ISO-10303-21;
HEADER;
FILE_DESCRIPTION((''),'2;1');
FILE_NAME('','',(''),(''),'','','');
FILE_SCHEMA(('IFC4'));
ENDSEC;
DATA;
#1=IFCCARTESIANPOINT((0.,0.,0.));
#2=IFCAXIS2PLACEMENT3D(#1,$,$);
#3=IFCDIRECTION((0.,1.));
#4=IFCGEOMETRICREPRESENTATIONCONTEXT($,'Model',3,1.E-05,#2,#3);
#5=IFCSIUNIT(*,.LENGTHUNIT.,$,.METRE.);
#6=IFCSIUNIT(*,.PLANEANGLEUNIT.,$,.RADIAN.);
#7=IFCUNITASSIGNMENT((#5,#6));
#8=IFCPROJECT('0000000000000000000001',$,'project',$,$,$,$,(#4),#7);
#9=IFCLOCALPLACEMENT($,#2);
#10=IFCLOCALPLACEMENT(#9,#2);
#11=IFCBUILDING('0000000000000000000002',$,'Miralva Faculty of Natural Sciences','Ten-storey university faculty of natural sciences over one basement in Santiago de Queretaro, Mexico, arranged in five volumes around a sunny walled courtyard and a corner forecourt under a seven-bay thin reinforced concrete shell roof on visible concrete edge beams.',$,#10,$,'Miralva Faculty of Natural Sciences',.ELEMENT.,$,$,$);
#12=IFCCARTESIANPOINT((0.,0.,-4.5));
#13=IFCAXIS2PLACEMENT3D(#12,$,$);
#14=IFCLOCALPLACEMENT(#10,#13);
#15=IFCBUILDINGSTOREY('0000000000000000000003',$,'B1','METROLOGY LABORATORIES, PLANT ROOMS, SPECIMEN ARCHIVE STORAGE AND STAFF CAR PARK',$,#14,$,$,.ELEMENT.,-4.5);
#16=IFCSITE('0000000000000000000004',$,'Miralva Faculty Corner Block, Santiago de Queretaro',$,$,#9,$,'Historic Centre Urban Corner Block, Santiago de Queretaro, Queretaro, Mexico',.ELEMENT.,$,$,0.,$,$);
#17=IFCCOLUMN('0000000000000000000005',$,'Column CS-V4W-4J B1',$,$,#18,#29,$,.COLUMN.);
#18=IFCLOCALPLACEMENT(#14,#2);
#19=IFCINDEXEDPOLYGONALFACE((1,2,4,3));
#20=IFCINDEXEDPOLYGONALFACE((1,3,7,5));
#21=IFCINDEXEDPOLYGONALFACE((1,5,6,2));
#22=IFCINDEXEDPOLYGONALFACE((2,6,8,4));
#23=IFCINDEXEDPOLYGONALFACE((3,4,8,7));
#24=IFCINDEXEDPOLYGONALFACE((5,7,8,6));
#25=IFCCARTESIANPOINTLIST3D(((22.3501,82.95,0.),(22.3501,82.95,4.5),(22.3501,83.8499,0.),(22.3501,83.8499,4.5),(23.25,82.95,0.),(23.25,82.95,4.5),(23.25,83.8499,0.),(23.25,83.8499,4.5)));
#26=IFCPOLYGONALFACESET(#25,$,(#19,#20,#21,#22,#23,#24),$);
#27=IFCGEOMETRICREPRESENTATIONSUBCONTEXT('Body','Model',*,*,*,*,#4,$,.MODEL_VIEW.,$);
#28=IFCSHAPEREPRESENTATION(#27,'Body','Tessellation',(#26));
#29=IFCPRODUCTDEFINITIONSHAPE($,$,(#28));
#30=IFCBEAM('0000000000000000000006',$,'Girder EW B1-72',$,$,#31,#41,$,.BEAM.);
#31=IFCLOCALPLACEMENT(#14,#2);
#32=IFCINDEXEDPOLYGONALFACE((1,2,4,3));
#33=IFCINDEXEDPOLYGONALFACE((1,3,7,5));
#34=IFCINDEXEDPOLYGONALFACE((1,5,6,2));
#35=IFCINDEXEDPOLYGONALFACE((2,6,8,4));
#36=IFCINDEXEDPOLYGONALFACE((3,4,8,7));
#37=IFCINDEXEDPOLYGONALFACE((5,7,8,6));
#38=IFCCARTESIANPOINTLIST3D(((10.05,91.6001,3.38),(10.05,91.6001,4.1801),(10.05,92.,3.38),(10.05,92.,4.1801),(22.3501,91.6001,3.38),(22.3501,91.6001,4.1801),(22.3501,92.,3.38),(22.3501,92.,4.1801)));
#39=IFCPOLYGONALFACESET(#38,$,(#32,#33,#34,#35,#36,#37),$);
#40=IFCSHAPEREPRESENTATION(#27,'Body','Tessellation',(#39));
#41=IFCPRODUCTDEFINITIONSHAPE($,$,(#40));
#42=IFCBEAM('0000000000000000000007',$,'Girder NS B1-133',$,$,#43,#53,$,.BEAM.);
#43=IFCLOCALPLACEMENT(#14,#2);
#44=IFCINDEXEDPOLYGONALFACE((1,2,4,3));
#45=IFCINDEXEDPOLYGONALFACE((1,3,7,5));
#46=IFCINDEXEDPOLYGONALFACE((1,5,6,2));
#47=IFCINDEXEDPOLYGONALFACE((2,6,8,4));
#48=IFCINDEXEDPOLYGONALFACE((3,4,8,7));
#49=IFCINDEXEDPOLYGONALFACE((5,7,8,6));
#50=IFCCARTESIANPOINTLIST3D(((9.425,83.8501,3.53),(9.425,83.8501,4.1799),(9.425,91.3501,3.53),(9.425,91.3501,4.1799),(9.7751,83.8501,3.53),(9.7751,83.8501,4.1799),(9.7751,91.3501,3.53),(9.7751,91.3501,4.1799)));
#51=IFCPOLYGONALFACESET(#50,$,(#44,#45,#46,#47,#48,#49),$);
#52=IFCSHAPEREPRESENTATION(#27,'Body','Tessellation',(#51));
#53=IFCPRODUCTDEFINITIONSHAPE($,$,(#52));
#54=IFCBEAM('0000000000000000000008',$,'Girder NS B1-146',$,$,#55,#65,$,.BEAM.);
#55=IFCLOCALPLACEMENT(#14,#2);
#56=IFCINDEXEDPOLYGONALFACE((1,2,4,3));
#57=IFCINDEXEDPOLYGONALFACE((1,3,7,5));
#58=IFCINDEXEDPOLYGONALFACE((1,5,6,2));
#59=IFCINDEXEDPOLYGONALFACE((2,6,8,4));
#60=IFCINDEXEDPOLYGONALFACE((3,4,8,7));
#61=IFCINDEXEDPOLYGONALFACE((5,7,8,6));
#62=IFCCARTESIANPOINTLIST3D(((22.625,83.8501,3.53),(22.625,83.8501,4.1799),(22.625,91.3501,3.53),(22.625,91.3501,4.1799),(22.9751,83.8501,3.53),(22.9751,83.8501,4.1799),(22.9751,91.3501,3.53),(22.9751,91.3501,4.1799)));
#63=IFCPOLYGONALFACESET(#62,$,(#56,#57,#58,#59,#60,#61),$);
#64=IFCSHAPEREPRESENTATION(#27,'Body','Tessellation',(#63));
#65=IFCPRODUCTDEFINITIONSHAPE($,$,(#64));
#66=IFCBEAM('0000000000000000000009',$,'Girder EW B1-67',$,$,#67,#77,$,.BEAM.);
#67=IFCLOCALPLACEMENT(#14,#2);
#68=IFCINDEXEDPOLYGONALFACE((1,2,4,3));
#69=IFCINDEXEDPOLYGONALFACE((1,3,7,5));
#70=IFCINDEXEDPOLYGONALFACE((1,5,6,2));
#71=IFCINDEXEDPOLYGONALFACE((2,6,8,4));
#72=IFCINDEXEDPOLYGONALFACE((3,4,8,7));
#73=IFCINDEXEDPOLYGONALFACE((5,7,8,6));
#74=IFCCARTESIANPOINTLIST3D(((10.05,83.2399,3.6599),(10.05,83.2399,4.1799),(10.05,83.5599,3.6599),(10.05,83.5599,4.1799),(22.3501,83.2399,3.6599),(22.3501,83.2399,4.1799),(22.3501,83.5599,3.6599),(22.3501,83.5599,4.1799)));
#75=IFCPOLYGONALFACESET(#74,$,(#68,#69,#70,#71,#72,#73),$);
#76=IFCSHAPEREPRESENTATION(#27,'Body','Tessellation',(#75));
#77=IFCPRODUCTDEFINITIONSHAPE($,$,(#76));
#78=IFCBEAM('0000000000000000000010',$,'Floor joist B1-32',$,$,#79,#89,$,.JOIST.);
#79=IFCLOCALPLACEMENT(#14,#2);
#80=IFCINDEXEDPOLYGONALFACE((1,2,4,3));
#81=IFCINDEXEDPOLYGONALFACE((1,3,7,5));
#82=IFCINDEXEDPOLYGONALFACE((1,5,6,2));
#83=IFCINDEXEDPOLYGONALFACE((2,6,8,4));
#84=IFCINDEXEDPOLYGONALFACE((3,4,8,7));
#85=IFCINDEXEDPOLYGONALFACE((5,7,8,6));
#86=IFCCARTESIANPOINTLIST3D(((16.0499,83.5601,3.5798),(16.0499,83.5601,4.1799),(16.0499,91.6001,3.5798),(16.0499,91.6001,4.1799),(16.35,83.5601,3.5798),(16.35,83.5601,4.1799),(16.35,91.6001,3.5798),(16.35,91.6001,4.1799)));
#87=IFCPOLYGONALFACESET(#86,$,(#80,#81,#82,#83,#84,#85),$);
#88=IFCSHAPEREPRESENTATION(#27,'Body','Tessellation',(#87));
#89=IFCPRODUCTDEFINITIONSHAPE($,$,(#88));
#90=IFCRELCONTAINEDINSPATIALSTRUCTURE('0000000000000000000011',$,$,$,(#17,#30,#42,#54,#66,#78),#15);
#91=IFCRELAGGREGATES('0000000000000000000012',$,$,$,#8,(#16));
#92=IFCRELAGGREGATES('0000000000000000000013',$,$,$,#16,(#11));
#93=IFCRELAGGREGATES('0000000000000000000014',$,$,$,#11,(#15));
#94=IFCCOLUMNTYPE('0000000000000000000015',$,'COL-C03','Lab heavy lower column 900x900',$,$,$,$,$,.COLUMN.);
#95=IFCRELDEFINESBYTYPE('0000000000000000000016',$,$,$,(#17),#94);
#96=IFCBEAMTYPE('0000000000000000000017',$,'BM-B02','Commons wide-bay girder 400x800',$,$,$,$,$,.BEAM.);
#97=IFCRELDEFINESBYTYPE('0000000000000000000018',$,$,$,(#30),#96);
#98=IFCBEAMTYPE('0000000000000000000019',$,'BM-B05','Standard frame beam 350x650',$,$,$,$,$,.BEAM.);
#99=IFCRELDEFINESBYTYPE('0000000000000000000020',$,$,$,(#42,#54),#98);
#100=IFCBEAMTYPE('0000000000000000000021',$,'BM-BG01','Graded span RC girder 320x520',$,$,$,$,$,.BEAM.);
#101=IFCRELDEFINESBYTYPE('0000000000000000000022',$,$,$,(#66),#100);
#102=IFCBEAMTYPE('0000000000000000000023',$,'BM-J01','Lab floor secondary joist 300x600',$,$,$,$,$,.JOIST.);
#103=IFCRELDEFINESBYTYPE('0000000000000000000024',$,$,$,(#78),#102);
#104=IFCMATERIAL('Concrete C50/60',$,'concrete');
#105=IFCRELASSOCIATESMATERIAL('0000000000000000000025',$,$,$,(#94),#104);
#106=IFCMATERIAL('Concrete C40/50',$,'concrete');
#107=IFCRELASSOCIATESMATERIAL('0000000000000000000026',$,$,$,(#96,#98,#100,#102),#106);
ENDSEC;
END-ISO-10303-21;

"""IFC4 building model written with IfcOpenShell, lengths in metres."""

from ifc_helpers import new_model, si_unit, direction, frame, origin, origin_2d, place, context, subcontext, project, spatial, rectangle, extrude, material, material_profile, profile_set, type_object, element, save


model = new_model("IFC4")

# Units and contexts
model_context = context("Model", 3, precision=1e-05, world=origin(), true_north=direction((0.0, 1.0)))
body_context = subcontext(model_context, "Body", "Model", "MODEL_VIEW")
ifc_project = project(units=[si_unit("LENGTHUNIT", "METRE"), si_unit("PLANEANGLEUNIT", "RADIAN")], contexts=[model_context])

# Site, building, storey
site_placement = place(None, origin())
site = spatial("IfcSite", under=ifc_project, at=site_placement, Name="Miralva Faculty Corner Block, Santiago de Queretaro", LongName="Historic Centre Urban Corner Block, Santiago de Queretaro, Queretaro, Mexico", CompositionType="ELEMENT", RefElevation=0.0)
building_placement = place(site_placement, origin())
building = spatial("IfcBuilding", under=site, at=building_placement, Name="Miralva Faculty of Natural Sciences", Description="Ten-storey university faculty of natural sciences over one basement in Santiago de Queretaro, Mexico, arranged in five volumes around a sunny walled courtyard and a corner forecourt under a seven-bay thin reinforced concrete shell roof on visible concrete edge beams.", LongName="Miralva Faculty of Natural Sciences", CompositionType="ELEMENT")
storey_placement = place(building_placement, frame((0.0, 0.0, -4.5)))
storey = spatial("IfcBuildingStorey", under=building, at=storey_placement, Name="B1", Description="METROLOGY LABORATORIES, PLANT ROOMS, SPECIMEN ARCHIVE STORAGE AND STAFF CAR PARK", CompositionType="ELEMENT", Elevation=-4.5)

# Column
ifc_material_1 = material(Name="Concrete C50/60", Category="concrete")
ifc_material_profile_1 = material_profile(ifc_material_1, rectangle(XDim=0.8999, YDim=0.8999, at=origin_2d()), Name="RC 900x900")
ifc_profile_set_1 = profile_set([ifc_material_profile_1], Name="Concrete C50/60")
column_type = type_object("IfcColumnType", Name="COL-C03", Description="Lab heavy lower column 900x900", PredefinedType="COLUMN", material=ifc_profile_set_1)
for number, where, z_axis, x_axis, name in (
    (1, (22.8, 83.3999, 0.0), (0.0, 0.0, 1.0), (1.0, 0.0, 0.0), "Column CS-V4W-4J B1"),
):
    element("IfcColumn", number, at=place(storey_placement, frame(where, z_axis=z_axis, x_axis=x_axis)), inside=storey, type_object=column_type, Name=name, PredefinedType="COLUMN", context=body_context, shape_type="SweptSolid", body=[
        extrude(rectangle(XDim=0.8999, YDim=0.8999, at=origin_2d()), origin(), (0.0, 0.0, 1.0), 4.5),
    ])

# Beams
ifc_material_2 = material(Name="Concrete C40/50", Category="concrete")
ifc_material_profile_2 = material_profile(ifc_material_2, rectangle(XDim=0.3999, YDim=0.8, at=origin_2d()), Name="RC 400x800")
ifc_profile_set_2 = profile_set([ifc_material_profile_2], Name="Concrete C40/50")
beam_type_1 = type_object("IfcBeamType", Name="BM-B02", Description="Commons wide-bay girder 400x800", PredefinedType="BEAM", material=ifc_profile_set_2)
beam_1_placement = place(storey_placement, frame((10.05, 91.8, 3.78), z_axis=(1.0, 0.0, 0.0), x_axis=(0.0, 1.0, 0.0)))
element("IfcBeam", 2, at=beam_1_placement, inside=storey, type_object=beam_type_1, Name="Girder EW B1-72", PredefinedType="BEAM", context=body_context, shape_type="SweptSolid", body=[
    extrude(rectangle(XDim=0.3999, YDim=0.8, at=origin_2d()), origin(), (0.0, 0.0, 1.0), 12.3),
])
ifc_material_profile_3 = material_profile(ifc_material_2, rectangle(XDim=0.3501, YDim=0.6499, at=origin_2d()), Name="RC 350x650")
ifc_profile_set_3 = profile_set([ifc_material_profile_3], Name="Concrete C40/50")
beam_type_2 = type_object("IfcBeamType", Name="BM-B05", Description="Standard frame beam 350x650", PredefinedType="BEAM", material=ifc_profile_set_3)
for number, where, z_axis, x_axis, name in (
    (3, (9.6001, 83.8501, 3.855), (0.0, 1.0, 0.0), (-1.0, 0.0, 0.0), "Girder NS B1-133"),
    (4, (22.8, 83.8501, 3.855), (0.0, 1.0, 0.0), (-1.0, 0.0, 0.0), "Girder NS B1-146"),
):
    element("IfcBeam", number, at=place(storey_placement, frame(where, z_axis=z_axis, x_axis=x_axis)), inside=storey, type_object=beam_type_2, Name=name, PredefinedType="BEAM", context=body_context, shape_type="SweptSolid", body=[
        extrude(rectangle(XDim=0.3501, YDim=0.6499, at=origin_2d()), origin(), (0.0, 0.0, 1.0), 7.5),
    ])
ifc_material_profile_4 = material_profile(ifc_material_2, rectangle(XDim=0.3201, YDim=0.52, at=origin_2d()), Name="RC 320x520")
ifc_profile_set_4 = profile_set([ifc_material_profile_4], Name="Concrete C40/50")
beam_type_3 = type_object("IfcBeamType", Name="BM-BG01", Description="Graded span RC girder 320x520", PredefinedType="BEAM", material=ifc_profile_set_4)
beam_2_placement = place(storey_placement, frame((10.05, 83.3999, 3.9199), z_axis=(1.0, 0.0, 0.0), x_axis=(0.0, 1.0, 0.0)))
element("IfcBeam", 5, at=beam_2_placement, inside=storey, type_object=beam_type_3, Name="Girder EW B1-67", PredefinedType="BEAM", context=body_context, shape_type="SweptSolid", body=[
    extrude(rectangle(XDim=0.3201, YDim=0.52, at=origin_2d()), origin(), (0.0, 0.0, 1.0), 12.3),
])
ifc_material_profile_5 = material_profile(ifc_material_2, rectangle(XDim=0.3, YDim=0.6001, at=origin_2d()), Name="RC 300x600")
ifc_profile_set_5 = profile_set([ifc_material_profile_5], Name="Concrete C40/50")
beam_type_4 = type_object("IfcBeamType", Name="BM-J01", Description="Lab floor secondary joist 300x600", PredefinedType="JOIST", material=ifc_profile_set_5)
beam_3_placement = place(storey_placement, frame((16.2, 83.5601, 3.8799), z_axis=(0.0, 1.0, 0.0), x_axis=(-1.0, 0.0, 0.0)))
element("IfcBeam", 6, at=beam_3_placement, inside=storey, type_object=beam_type_4, Name="Floor joist B1-32", PredefinedType="JOIST", context=body_context, shape_type="SweptSolid", body=[
    extrude(rectangle(XDim=0.3, YDim=0.6001, at=origin_2d()), origin(), (0.0, 0.0, 1.0), 8.04),
])

save(model, "model.ifc")
